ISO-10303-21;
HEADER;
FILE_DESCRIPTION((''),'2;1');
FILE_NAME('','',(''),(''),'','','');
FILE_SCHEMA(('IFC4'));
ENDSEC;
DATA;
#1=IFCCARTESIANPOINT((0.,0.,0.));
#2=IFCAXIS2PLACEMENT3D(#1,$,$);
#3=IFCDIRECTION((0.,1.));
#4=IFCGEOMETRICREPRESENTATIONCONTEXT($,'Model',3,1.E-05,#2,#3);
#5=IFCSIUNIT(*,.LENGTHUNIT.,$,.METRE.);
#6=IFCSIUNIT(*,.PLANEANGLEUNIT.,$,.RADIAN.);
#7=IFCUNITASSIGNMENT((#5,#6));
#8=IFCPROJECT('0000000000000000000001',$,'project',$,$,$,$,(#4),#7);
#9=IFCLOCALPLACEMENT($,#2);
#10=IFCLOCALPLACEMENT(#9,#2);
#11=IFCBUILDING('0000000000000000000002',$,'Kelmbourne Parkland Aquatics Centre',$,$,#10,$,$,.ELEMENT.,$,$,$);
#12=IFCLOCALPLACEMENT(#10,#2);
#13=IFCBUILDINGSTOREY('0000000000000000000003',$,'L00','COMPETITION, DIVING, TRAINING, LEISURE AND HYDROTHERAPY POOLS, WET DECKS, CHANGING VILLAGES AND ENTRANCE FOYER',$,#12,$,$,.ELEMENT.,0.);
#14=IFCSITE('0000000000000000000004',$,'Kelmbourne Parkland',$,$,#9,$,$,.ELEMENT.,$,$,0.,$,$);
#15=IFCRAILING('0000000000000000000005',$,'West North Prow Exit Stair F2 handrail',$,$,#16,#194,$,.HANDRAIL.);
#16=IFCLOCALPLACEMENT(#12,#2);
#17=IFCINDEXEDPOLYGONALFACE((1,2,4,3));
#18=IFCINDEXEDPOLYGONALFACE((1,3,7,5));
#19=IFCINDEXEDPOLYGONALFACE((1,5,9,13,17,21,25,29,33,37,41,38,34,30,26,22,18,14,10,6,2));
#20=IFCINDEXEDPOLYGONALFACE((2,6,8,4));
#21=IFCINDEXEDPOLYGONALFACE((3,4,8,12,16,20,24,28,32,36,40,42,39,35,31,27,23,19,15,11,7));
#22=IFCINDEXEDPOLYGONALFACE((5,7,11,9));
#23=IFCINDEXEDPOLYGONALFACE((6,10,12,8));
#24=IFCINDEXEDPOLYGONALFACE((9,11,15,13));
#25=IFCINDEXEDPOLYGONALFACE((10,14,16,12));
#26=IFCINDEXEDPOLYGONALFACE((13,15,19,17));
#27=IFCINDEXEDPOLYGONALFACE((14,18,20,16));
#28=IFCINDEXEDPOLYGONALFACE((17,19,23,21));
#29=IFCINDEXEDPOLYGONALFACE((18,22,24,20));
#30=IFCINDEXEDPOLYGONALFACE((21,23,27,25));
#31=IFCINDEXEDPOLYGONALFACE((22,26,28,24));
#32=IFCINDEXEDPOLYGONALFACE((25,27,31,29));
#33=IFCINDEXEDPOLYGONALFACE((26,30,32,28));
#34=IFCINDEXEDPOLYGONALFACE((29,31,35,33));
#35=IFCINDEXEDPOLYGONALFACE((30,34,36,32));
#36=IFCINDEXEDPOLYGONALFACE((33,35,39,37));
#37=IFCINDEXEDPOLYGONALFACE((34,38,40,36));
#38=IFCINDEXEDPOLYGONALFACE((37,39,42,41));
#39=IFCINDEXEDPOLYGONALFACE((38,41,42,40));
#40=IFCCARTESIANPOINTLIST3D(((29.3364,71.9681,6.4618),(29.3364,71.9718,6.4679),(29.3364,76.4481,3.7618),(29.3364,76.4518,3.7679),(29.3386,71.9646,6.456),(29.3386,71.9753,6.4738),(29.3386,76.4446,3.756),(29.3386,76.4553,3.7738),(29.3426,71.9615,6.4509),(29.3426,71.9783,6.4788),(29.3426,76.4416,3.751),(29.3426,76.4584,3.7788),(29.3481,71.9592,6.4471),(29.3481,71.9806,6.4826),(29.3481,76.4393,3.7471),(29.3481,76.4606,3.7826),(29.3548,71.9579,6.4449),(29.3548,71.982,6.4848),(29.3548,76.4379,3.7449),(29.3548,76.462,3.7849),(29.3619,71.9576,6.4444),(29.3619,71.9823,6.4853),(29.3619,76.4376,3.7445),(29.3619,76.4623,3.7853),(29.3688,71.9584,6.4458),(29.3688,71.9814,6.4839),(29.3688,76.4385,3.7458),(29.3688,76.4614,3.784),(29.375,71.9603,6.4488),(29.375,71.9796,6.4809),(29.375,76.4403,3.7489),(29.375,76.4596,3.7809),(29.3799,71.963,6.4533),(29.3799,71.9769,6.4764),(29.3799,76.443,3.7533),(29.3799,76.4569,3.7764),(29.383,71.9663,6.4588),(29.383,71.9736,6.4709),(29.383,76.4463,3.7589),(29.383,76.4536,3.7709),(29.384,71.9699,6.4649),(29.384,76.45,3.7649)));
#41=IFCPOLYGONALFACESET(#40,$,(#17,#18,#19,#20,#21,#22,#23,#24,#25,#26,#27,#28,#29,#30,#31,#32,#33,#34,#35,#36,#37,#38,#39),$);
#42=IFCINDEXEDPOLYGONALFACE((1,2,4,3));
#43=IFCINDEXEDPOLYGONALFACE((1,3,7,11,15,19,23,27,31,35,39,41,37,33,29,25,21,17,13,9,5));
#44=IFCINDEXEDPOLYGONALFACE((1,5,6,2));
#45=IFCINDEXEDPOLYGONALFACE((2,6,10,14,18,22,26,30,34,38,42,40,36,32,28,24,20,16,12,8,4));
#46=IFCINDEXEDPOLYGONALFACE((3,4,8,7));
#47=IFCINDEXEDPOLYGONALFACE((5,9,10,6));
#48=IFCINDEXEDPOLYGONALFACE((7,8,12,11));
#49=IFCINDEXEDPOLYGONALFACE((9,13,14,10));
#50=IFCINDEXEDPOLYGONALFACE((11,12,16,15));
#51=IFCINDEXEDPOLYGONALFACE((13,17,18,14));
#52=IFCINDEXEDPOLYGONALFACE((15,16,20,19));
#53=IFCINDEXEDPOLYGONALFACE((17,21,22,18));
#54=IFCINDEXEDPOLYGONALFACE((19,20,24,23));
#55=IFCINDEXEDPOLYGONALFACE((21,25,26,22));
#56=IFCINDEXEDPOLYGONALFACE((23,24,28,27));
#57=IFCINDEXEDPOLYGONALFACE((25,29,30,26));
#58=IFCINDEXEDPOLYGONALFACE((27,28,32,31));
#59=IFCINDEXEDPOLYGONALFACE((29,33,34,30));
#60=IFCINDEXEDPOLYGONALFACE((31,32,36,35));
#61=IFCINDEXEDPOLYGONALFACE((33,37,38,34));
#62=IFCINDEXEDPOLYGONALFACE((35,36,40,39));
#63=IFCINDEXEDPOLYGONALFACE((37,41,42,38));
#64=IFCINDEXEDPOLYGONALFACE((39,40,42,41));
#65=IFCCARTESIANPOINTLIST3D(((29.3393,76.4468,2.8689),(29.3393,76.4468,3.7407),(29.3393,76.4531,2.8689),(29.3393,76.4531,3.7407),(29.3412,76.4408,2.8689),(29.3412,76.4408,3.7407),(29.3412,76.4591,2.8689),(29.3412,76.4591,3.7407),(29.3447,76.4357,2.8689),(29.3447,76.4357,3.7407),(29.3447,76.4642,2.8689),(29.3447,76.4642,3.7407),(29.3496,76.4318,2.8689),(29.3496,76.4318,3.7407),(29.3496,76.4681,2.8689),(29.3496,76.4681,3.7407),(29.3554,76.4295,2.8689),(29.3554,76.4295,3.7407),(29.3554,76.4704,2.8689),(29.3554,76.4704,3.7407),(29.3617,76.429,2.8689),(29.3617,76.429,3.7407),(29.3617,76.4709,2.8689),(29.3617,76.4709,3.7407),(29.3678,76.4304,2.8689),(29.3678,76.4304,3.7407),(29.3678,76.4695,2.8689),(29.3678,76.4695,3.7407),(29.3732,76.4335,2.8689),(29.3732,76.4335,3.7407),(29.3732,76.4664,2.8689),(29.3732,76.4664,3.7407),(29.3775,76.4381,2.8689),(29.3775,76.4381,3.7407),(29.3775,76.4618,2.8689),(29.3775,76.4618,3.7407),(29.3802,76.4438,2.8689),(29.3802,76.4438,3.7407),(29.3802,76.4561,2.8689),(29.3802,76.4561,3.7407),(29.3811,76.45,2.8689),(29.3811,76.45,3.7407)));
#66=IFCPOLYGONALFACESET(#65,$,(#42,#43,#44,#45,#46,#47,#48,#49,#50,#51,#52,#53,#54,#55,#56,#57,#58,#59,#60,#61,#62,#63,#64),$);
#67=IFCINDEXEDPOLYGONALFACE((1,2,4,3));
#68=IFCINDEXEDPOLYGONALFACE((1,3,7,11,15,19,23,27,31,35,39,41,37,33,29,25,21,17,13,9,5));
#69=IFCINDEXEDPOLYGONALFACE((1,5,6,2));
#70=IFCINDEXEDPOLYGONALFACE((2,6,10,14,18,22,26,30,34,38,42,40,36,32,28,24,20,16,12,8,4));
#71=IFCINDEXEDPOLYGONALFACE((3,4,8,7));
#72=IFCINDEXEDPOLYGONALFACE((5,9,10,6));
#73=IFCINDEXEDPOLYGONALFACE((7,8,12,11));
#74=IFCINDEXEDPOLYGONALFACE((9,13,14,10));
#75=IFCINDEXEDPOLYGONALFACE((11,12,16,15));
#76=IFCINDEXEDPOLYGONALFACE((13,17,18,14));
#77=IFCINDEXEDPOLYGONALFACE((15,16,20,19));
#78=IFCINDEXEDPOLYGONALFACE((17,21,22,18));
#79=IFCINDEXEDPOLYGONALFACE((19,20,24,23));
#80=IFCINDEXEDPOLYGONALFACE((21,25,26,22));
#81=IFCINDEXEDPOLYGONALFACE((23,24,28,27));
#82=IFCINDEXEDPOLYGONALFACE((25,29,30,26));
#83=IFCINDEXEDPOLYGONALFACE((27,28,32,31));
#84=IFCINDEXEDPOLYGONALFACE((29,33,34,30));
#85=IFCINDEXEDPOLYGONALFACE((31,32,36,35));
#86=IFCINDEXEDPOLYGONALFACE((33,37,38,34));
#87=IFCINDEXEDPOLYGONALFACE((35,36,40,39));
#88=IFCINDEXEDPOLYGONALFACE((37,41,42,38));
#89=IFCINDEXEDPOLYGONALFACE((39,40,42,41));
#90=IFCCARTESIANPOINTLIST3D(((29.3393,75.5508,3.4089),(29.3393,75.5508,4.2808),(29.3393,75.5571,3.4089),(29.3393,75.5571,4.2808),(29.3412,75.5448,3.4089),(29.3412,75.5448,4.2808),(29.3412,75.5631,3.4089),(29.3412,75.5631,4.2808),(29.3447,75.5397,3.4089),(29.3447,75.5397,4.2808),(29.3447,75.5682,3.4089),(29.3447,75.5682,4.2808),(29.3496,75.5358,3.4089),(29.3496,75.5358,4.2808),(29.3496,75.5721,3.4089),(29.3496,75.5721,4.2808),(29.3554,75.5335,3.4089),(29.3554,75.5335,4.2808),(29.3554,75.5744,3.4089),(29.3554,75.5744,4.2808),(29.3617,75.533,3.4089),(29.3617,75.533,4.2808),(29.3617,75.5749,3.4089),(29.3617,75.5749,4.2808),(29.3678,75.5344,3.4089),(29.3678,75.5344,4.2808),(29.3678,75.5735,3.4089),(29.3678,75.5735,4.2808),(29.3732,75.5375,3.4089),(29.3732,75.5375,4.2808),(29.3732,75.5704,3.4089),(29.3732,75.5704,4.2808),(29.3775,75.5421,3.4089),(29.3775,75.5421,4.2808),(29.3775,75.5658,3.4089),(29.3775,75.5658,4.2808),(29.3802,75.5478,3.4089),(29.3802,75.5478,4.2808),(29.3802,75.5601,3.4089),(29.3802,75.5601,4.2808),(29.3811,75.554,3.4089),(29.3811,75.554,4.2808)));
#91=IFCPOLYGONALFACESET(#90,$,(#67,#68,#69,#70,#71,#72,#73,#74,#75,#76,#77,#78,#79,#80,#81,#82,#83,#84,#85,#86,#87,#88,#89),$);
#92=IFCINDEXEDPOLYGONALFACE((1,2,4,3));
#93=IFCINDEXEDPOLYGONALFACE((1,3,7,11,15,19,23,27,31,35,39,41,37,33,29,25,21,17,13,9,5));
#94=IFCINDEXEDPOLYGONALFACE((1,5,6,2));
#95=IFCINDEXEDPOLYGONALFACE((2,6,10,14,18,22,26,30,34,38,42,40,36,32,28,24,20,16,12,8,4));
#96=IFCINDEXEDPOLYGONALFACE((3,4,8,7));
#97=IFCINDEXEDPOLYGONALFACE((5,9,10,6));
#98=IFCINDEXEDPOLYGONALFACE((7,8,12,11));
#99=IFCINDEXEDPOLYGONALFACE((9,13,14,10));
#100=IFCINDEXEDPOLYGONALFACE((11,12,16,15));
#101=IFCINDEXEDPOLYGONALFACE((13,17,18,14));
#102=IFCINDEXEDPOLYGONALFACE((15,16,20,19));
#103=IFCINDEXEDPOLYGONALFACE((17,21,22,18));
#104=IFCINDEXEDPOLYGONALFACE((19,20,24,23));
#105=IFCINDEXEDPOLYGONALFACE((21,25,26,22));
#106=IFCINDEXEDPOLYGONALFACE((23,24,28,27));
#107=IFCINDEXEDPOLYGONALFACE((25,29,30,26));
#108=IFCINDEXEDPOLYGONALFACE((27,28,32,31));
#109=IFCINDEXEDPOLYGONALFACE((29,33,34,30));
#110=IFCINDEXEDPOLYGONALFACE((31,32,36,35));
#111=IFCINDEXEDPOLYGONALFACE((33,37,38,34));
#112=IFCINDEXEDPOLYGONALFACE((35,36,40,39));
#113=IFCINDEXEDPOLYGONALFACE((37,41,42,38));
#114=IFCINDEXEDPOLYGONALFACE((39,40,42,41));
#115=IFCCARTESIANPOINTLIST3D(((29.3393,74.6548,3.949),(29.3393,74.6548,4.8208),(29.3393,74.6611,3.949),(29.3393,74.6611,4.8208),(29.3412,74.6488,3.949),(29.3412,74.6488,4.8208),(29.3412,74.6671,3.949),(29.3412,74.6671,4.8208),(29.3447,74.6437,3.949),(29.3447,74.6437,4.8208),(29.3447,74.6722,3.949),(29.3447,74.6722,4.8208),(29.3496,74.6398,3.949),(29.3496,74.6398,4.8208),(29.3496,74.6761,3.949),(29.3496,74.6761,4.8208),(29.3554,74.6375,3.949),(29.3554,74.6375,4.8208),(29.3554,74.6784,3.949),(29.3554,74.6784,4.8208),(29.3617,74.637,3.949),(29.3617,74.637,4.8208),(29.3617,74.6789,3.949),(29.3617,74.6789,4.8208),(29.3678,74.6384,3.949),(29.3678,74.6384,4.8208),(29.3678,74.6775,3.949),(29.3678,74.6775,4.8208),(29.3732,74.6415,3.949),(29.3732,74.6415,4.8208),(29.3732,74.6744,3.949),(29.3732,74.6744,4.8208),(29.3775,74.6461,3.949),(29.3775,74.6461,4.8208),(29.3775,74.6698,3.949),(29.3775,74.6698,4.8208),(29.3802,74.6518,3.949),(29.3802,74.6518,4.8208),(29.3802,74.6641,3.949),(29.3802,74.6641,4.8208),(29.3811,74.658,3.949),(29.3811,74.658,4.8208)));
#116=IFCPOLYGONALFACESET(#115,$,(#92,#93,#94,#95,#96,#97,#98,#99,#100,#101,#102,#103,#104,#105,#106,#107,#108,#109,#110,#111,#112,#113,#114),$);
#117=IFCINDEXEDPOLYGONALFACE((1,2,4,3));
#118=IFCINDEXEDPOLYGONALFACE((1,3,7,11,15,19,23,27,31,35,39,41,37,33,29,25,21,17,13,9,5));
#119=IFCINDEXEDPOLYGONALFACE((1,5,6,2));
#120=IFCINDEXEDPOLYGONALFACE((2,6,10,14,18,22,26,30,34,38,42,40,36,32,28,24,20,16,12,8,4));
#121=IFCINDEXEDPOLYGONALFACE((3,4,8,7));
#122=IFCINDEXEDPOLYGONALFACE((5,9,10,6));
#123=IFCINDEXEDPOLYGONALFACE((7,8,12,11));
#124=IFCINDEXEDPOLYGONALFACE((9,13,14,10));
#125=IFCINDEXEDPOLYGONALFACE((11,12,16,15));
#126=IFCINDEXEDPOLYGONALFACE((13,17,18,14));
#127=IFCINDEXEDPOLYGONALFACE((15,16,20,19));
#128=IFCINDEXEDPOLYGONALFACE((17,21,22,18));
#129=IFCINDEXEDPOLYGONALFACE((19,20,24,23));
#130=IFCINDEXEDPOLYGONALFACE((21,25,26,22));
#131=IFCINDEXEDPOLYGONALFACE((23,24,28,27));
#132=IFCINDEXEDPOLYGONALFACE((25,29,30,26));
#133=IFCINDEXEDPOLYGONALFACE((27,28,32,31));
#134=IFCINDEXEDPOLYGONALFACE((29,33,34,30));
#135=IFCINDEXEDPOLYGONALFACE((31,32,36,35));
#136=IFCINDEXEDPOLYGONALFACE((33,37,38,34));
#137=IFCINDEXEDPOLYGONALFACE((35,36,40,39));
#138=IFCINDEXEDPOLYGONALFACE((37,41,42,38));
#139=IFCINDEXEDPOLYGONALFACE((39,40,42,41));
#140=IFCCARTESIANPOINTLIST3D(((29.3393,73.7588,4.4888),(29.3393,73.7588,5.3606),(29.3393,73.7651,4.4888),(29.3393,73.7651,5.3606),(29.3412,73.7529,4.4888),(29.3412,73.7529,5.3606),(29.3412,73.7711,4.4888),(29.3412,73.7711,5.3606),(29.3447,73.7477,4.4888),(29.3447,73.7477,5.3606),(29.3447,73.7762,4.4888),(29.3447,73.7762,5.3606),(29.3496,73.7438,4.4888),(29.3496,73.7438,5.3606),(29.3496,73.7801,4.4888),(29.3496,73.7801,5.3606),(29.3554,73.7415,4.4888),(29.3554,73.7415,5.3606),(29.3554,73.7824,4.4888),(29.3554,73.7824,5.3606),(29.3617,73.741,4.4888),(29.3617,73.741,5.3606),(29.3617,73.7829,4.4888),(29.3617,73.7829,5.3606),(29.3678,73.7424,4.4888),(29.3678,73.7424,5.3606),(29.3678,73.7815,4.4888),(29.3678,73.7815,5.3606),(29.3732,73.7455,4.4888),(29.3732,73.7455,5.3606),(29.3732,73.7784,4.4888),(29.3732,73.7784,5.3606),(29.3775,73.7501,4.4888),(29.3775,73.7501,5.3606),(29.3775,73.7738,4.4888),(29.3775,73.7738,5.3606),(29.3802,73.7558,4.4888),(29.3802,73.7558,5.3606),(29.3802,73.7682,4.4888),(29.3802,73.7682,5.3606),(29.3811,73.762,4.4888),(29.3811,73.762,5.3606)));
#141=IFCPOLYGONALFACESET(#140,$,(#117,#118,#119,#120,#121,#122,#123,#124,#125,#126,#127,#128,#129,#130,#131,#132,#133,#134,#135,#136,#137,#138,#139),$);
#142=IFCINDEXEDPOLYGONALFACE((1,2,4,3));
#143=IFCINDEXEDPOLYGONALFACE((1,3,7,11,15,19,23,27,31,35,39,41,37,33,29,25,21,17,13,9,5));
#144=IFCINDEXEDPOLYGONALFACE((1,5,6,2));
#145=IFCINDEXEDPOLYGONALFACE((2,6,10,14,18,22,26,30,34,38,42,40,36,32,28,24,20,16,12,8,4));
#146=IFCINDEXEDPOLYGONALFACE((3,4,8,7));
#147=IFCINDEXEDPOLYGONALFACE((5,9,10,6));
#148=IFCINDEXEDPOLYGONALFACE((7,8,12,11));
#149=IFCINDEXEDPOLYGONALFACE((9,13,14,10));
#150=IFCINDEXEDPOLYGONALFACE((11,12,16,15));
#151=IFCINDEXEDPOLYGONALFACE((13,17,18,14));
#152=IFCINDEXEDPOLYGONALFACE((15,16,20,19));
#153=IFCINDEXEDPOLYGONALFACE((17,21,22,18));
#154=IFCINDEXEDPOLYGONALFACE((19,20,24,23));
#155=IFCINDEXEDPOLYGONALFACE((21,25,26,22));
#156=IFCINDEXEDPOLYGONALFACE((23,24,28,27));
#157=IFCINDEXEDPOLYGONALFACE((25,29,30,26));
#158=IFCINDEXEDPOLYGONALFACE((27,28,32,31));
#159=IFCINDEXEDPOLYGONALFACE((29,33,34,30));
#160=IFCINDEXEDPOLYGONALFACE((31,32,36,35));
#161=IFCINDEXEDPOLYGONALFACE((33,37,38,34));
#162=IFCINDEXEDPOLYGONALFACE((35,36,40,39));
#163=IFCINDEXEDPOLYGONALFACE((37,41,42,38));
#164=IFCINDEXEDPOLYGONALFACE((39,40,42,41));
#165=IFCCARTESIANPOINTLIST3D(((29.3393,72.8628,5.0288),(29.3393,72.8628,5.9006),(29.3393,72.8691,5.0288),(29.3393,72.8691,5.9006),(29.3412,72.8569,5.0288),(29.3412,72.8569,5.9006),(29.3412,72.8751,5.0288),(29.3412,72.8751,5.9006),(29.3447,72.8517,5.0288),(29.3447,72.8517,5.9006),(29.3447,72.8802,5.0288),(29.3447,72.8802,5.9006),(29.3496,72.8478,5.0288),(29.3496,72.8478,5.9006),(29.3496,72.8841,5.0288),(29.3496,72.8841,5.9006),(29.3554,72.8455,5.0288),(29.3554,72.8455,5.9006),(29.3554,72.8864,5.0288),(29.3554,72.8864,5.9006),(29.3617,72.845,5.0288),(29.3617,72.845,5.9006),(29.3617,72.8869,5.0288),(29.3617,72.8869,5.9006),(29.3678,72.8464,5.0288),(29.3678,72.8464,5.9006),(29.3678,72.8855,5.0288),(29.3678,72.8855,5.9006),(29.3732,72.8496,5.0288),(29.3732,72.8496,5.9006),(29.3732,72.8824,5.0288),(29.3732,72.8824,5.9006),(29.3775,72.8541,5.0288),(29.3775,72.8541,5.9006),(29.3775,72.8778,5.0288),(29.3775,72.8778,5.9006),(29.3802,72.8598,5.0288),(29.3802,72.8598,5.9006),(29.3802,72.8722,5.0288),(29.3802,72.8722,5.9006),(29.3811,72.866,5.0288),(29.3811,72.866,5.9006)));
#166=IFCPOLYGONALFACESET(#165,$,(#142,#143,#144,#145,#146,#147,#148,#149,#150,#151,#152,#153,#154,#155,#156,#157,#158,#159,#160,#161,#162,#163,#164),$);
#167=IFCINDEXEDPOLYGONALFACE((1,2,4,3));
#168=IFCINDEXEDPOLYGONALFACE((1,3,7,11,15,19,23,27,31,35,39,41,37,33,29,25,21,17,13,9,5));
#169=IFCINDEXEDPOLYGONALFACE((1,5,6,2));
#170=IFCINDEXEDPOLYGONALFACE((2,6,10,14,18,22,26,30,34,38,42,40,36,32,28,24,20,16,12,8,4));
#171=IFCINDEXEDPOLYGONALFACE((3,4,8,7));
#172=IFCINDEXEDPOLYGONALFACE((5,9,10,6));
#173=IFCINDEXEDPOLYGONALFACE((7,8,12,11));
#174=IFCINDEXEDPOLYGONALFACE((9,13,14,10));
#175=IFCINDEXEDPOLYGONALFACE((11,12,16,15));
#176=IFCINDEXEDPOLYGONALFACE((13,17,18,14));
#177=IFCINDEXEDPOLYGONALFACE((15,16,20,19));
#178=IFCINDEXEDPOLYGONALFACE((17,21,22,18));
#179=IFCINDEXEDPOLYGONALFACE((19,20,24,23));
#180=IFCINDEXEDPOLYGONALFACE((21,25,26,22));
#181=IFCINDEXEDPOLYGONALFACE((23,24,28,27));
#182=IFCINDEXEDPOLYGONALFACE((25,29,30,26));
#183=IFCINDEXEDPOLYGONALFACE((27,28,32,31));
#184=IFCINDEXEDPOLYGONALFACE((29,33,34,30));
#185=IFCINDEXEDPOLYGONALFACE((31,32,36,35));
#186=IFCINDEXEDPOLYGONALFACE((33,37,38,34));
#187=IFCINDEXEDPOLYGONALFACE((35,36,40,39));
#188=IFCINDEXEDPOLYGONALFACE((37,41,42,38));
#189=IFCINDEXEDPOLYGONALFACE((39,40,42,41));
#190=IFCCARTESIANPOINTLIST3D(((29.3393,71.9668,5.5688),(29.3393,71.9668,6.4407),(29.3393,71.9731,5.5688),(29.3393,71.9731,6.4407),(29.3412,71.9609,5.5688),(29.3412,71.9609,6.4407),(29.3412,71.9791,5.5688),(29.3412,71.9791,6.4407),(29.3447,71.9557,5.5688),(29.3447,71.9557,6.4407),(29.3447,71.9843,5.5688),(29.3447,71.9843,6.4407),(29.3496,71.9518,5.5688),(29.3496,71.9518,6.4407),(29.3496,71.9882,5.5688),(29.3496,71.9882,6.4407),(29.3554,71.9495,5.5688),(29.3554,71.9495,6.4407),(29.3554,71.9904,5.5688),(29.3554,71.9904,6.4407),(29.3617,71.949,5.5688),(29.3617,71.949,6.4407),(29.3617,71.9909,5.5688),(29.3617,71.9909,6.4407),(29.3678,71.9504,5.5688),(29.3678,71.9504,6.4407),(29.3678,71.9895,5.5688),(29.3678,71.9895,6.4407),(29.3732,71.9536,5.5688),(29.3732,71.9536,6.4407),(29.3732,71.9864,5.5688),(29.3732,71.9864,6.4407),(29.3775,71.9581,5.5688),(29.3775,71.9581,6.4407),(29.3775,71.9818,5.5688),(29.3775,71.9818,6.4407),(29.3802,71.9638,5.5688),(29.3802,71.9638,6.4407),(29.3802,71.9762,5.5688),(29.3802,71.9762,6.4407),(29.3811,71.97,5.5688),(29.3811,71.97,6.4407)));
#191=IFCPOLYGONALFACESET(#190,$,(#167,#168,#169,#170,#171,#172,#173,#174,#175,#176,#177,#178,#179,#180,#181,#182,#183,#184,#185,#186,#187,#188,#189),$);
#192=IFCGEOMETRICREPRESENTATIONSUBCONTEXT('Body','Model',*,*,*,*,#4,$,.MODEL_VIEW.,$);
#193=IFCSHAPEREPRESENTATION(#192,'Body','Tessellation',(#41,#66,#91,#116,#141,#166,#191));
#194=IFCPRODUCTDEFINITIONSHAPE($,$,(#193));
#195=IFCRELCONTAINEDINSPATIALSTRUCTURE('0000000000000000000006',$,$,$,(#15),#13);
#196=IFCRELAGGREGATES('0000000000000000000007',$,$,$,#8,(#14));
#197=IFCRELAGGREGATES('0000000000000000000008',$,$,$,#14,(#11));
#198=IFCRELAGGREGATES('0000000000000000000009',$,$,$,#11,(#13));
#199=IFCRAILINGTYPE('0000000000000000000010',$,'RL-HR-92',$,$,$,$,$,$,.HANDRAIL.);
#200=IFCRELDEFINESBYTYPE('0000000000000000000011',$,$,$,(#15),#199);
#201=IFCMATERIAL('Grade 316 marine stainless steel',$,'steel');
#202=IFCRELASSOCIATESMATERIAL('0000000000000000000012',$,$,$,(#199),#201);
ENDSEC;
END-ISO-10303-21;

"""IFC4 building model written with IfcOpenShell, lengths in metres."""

from ifc_helpers import new_model, si_unit, direction, frame, origin, origin_2d, place, context, subcontext, project, spatial, circle, extrude, material, type_object, element, save


model = new_model("IFC4")

# Units and contexts
model_context = context("Model", 3, precision=1e-05, world=origin(), true_north=direction((0.0, 1.0)))
body_context = subcontext(model_context, "Body", "Model", "MODEL_VIEW")
ifc_project = project(units=[si_unit("LENGTHUNIT", "METRE"), si_unit("PLANEANGLEUNIT", "RADIAN")], contexts=[model_context])

# Site, building, storey
site_placement = place(None, origin())
site = spatial("IfcSite", under=ifc_project, at=site_placement, Name="Kelmbourne Parkland", CompositionType="ELEMENT", RefElevation=0.0)
building_placement = place(site_placement, origin())
building = spatial("IfcBuilding", under=site, at=building_placement, Name="Kelmbourne Parkland Aquatics Centre", CompositionType="ELEMENT")
storey_placement = place(building_placement, origin())
storey = spatial("IfcBuildingStorey", under=building, at=storey_placement, Name="L00", Description="COMPETITION, DIVING, TRAINING, LEISURE AND HYDROTHERAPY POOLS, WET DECKS, CHANGING VILLAGES AND ENTRANCE FOYER", CompositionType="ELEMENT", Elevation=0.0)

# Railing
ifc_material_1 = material(Name="Grade 316 marine stainless steel", Category="steel")
railing_type_1 = type_object("IfcRailingType", Name="RL-HR-92", PredefinedType="HANDRAIL", material=ifc_material_1)
railing_1_placement = place(storey_placement, frame((29.3601, 76.45, 2.8689)))
element("IfcRailing", 1, at=railing_1_placement, inside=storey, type_object=railing_type_1, Name="West North Prow Exit Stair F2 handrail", PredefinedType="HANDRAIL", context=body_context, shape_type="SweptSolid", body=[
    extrude(circle(Radius=0.0239, at=origin_2d()), frame((0.0, 0.0, 0.896), z_axis=(0.0, -0.856482, 0.516176), x_axis=(1.0, 0.0, 0.0)), (0.0, 0.0, 1.0), 5.2307),
    extrude(circle(Radius=0.021, at=origin_2d()), origin(), (0.0, 0.0, 1.0), 0.8718),
    extrude(circle(Radius=0.021, at=origin_2d()), frame((0.0, -0.896, 0.54)), (0.0, 0.0, 1.0), 0.8718),
    extrude(circle(Radius=0.021, at=origin_2d()), frame((0.0, -1.792, 1.0801)), (0.0, 0.0, 1.0), 0.8718),
    extrude(circle(Radius=0.021, at=origin_2d()), frame((0.0, -2.688, 1.6199)), (0.0, 0.0, 1.0), 0.8718),
    extrude(circle(Radius=0.021, at=origin_2d()), frame((0.0, -3.584, 2.1599)), (0.0, 0.0, 1.0), 0.8718),
    extrude(circle(Radius=0.021, at=origin_2d()), frame((0.0, -4.48, 2.7)), (0.0, 0.0, 1.0), 0.8718),
])

save(model, "model.ifc")
